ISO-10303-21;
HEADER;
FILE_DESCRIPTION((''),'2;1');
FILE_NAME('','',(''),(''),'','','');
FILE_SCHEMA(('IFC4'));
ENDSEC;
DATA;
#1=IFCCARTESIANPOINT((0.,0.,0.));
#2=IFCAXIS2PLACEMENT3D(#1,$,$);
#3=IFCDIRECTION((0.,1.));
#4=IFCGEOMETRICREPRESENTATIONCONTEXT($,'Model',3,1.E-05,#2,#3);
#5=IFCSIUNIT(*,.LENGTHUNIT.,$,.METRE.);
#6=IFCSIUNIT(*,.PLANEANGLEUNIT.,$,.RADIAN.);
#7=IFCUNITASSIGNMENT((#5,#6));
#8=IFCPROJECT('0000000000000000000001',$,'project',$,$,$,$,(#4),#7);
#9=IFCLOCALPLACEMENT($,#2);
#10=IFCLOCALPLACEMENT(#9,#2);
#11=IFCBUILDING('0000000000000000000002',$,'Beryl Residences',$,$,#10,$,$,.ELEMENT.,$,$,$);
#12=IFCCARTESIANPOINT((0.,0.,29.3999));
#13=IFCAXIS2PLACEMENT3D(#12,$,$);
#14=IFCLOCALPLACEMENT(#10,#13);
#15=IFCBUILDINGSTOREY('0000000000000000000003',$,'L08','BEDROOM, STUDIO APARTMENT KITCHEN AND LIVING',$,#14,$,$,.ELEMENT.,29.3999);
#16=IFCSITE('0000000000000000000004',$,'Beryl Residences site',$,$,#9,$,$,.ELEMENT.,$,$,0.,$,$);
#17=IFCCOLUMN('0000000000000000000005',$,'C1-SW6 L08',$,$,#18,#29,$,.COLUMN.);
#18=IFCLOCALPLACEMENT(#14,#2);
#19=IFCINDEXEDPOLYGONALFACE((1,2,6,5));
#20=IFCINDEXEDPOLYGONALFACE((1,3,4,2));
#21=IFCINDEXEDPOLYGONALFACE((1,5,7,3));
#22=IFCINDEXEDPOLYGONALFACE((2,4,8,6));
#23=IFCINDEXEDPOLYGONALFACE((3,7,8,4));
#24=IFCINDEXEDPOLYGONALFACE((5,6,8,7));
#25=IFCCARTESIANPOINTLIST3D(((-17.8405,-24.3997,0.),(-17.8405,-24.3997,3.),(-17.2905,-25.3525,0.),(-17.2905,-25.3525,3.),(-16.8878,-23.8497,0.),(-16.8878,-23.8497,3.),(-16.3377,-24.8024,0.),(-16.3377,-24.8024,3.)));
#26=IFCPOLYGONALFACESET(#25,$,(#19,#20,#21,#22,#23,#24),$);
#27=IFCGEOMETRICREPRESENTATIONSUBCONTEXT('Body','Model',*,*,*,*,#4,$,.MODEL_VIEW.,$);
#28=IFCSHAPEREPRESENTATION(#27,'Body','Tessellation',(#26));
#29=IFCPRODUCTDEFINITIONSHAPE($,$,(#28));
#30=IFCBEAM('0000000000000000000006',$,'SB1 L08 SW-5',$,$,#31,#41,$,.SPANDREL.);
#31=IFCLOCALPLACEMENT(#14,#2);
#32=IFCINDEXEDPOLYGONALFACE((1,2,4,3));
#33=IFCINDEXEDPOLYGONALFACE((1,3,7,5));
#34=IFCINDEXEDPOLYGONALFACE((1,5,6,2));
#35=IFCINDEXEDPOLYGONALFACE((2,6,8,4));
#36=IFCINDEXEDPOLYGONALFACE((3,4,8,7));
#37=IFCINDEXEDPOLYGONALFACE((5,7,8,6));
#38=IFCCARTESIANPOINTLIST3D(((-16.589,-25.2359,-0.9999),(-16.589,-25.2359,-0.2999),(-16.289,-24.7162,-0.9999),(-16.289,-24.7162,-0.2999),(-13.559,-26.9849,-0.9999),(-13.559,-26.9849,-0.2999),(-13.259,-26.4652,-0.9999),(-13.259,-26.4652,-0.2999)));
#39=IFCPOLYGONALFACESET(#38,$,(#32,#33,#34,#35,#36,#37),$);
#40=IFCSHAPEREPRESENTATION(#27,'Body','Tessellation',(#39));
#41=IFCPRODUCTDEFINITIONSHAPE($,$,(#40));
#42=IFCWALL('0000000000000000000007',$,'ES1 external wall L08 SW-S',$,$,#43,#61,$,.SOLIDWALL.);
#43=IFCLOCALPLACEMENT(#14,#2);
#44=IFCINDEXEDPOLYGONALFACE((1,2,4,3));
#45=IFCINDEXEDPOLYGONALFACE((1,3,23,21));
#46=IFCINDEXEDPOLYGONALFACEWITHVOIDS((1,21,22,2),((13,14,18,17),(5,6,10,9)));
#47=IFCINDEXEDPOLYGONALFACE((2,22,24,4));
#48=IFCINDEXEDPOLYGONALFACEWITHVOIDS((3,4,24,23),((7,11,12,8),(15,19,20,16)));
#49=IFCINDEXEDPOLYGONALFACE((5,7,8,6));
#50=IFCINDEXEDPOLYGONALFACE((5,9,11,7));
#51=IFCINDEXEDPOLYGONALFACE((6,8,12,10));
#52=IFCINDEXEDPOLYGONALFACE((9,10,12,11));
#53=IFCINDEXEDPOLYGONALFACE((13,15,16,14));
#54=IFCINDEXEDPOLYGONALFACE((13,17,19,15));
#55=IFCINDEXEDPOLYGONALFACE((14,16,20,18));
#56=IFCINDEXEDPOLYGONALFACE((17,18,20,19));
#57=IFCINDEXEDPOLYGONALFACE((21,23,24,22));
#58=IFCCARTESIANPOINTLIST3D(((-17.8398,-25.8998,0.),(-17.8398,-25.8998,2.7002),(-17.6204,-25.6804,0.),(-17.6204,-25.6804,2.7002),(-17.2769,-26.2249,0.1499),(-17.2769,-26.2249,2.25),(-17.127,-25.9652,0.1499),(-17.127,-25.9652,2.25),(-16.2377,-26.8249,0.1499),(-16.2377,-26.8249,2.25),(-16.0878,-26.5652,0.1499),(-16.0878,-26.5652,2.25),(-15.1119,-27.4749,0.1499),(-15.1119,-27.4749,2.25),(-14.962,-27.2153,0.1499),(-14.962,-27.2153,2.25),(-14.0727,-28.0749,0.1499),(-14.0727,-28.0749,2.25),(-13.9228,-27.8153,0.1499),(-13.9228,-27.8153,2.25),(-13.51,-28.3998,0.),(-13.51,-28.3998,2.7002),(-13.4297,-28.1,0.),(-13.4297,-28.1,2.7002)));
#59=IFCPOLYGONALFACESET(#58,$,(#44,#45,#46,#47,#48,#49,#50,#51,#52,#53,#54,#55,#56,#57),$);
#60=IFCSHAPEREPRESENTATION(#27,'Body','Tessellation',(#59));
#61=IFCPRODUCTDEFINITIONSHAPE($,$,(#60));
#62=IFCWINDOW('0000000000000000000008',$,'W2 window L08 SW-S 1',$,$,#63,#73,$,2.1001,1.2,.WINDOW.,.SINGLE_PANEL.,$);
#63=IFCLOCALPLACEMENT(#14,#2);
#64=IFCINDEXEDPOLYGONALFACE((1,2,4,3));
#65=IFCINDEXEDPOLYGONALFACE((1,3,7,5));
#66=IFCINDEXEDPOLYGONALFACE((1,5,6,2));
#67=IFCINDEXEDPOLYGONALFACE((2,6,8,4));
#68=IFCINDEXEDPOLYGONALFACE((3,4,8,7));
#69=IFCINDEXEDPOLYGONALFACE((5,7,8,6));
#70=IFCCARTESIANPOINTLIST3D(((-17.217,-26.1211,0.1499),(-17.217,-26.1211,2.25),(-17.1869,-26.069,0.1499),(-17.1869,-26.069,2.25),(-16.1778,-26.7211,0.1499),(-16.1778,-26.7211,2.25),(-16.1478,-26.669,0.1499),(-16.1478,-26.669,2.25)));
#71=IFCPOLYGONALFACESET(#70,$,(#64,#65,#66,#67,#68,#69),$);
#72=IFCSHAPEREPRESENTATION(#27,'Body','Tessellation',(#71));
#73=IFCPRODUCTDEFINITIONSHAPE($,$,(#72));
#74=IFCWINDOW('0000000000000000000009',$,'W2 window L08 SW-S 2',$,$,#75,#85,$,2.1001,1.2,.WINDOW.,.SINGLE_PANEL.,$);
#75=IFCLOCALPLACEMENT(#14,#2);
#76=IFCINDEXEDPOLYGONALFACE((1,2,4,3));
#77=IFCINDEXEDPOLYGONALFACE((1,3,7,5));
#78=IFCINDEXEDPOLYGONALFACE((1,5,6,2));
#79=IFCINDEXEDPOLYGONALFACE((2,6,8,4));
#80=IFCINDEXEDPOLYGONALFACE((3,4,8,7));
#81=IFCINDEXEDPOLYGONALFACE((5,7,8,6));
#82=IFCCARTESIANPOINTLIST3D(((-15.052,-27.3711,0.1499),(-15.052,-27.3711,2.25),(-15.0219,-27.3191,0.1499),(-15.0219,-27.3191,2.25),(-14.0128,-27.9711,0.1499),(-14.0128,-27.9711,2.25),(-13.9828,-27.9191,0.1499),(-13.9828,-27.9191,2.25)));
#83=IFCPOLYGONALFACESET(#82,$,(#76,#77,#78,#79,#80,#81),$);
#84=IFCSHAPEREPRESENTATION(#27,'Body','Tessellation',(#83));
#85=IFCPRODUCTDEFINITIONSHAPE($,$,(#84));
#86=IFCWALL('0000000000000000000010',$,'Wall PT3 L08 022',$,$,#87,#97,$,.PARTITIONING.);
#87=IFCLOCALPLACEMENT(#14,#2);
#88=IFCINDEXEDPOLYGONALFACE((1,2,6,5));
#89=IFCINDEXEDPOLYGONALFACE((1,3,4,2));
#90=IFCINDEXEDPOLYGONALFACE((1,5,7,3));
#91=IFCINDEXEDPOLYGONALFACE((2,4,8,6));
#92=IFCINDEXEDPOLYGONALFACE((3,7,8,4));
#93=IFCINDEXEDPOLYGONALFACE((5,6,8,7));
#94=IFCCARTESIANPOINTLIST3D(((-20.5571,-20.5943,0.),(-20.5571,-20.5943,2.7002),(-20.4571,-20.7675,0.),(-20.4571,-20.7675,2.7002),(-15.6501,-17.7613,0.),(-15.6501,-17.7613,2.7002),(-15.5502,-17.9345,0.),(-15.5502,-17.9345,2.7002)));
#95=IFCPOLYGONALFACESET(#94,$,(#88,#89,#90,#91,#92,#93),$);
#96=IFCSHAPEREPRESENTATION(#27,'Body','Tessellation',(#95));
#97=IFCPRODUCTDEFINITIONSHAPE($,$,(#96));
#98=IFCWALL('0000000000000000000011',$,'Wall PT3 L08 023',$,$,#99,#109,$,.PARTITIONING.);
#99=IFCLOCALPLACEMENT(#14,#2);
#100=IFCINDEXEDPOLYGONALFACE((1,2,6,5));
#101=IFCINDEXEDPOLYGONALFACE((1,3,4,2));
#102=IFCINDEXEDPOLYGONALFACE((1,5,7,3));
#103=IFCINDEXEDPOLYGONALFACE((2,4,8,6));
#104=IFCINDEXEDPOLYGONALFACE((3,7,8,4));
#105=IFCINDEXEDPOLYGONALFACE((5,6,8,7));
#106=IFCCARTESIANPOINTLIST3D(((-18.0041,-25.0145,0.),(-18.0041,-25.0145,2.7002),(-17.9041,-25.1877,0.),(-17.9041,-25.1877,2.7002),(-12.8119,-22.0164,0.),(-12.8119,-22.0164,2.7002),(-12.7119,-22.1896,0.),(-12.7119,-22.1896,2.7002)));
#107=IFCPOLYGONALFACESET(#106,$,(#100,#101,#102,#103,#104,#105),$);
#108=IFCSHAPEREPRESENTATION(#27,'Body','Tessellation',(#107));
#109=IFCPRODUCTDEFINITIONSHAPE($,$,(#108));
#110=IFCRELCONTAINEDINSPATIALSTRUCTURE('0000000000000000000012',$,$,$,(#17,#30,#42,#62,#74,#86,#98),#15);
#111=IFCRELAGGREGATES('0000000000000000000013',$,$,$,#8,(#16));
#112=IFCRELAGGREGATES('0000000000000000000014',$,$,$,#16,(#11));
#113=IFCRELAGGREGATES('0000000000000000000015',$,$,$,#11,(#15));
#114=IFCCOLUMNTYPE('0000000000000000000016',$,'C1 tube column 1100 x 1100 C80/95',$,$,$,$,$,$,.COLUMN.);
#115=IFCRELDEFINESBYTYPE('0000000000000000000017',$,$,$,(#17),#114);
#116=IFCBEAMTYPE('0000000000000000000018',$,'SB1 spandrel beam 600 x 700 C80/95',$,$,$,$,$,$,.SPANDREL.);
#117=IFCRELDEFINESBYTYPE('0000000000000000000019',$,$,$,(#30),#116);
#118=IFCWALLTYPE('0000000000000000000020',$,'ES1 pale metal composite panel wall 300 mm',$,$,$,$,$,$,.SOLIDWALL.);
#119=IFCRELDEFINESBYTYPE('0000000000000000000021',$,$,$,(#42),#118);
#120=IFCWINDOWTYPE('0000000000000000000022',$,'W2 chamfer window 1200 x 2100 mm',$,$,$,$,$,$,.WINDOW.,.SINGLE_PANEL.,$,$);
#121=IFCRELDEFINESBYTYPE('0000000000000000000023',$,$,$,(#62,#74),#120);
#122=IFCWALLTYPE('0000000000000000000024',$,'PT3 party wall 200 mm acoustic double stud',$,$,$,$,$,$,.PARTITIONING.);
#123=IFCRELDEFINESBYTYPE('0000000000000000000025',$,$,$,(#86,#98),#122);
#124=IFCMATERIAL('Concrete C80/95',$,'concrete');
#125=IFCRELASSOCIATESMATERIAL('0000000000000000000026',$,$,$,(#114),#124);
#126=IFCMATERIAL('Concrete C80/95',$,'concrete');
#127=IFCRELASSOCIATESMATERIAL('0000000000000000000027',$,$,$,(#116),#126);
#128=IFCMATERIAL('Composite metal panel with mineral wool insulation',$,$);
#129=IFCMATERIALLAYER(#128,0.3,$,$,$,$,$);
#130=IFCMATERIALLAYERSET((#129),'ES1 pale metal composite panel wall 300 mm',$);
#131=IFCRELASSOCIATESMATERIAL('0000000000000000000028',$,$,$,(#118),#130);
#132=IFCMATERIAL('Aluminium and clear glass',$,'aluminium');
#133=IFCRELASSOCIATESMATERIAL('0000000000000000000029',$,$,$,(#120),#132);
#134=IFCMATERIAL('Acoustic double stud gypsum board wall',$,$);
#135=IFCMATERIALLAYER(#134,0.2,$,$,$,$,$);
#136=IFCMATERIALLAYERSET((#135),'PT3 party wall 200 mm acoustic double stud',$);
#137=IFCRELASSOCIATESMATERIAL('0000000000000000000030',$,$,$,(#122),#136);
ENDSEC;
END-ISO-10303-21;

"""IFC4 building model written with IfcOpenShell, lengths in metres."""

from ifc_helpers import new_model, si_unit, direction, frame, frame_2d, origin, origin_2d, place, context, subcontext, project, spatial, polyline, rectangle, outline, extrude, material, layer, layer_set, material_profile, profile_set, type_object, element, fill, save


model = new_model("IFC4")

# Units and contexts
model_context = context("Model", 3, precision=1e-05, world=origin(), true_north=direction((0.0, 1.0)))
body_context = subcontext(model_context, "Body", "Model", "MODEL_VIEW")
ifc_project = project(units=[si_unit("LENGTHUNIT", "METRE"), si_unit("PLANEANGLEUNIT", "RADIAN")], contexts=[model_context])

# Site, building, storey
site_placement = place(None, origin())
site = spatial("IfcSite", under=ifc_project, at=site_placement, Name="Beryl Residences site", CompositionType="ELEMENT", RefElevation=0.0)
building_placement = place(site_placement, origin())
building = spatial("IfcBuilding", under=site, at=building_placement, Name="Beryl Residences", CompositionType="ELEMENT")
storey_placement = place(building_placement, frame((0.0, 0.0, 29.3999)))
storey = spatial("IfcBuildingStorey", under=building, at=storey_placement, Name="L08", Description="BEDROOM, STUDIO APARTMENT KITCHEN AND LIVING", CompositionType="ELEMENT", Elevation=29.3999)

# Column
ifc_material_1 = material(Name="Concrete C80/95", Category="concrete")
ifc_material_profile_1 = material_profile(ifc_material_1, rectangle(XDim=1.1001, YDim=1.1001, at=origin_2d()))
ifc_profile_set_1 = profile_set([ifc_material_profile_1], Name="Concrete C80/95")
column_type = type_object("IfcColumnType", Name="C1 tube column 1100 x 1100 C80/95", PredefinedType="COLUMN", material=ifc_profile_set_1)
column_placement = place(storey_placement, frame((-17.0891, -24.6011, 0.0), z_axis=(0.0, 0.0, 1.0), x_axis=(0.499985, -0.866034, 0.0)))
element("IfcColumn", 1, at=column_placement, inside=storey, type_object=column_type, Name="C1-SW6 L08", PredefinedType="COLUMN", context=body_context, shape_type="SweptSolid", body=[
    extrude(rectangle(XDim=1.1001, YDim=1.1001, at=origin_2d()), origin(), (0.0, 0.0, 1.0), 3.0),
])

# Beam
ifc_material_2 = material(Name="Concrete C80/95", Category="concrete")
ifc_material_profile_2 = material_profile(ifc_material_2, rectangle(XDim=0.6001, YDim=0.7, at=origin_2d()))
ifc_profile_set_2 = profile_set([ifc_material_profile_2], Name="Concrete C80/95")
beam_type = type_object("IfcBeamType", Name="SB1 spandrel beam 600 x 700 C80/95", PredefinedType="SPANDREL", material=ifc_profile_set_2)
beam_placement = place(storey_placement, frame((-16.439, -24.9761, -0.6499), z_axis=(0.866071, -0.499922, 0.0), x_axis=(0.499922, 0.866071, 0.0)))
element("IfcBeam", 2, at=beam_placement, inside=storey, type_object=beam_type, Name="SB1 L08 SW-5", PredefinedType="SPANDREL", context=body_context, shape_type="SweptSolid", body=[
    extrude(rectangle(XDim=0.6001, YDim=0.7, at=origin_2d()), origin(), (0.0, 0.0, 1.0), 3.4985),
])

# Wall, openings, windows
ifc_material_3 = material(Name="Composite metal panel with mineral wool insulation")
ifc_layer_1 = layer(ifc_material_3, 0.3)
ifc_layer_set_1 = layer_set([ifc_layer_1], Name="ES1 pale metal composite panel wall 300 mm")
wall_type_1 = type_object("IfcWallType", Name="ES1 pale metal composite panel wall 300 mm", PredefinedType="SOLIDWALL", material=ifc_layer_set_1)
wall_1_placement = place(storey_placement, frame((-17.7649, -25.77, 0.0), z_axis=(0.0, 0.0, 1.0), x_axis=(0.866011, -0.500025, 0.0)))
wall_1 = element("IfcWall", 3, at=wall_1_placement, inside=storey, type_object=wall_type_1, Name="ES1 external wall L08 SW-S", PredefinedType="SOLIDWALL", context=body_context, shape_type="SweptSolid", body=[
    extrude(outline(polyline([(0.0, -0.1499), (4.9998, -0.1499), (4.9194, 0.1499), (0.0803, 0.1499), (0.0, -0.1499)])), origin(), (0.0, 0.0, 1.0), 2.7002),
])
opening_1_placement = place(wall_1_placement, frame((0.6499, 0.0, 0.1499)))
opening_1 = element("IfcOpeningElement", 4, at=opening_1_placement, cuts=wall_1, PredefinedType="OPENING", context=body_context, shape_type="SweptSolid", body=[
    extrude(rectangle(XDim=1.2, YDim=2.1001, at=frame_2d((0.6001, 1.05))), frame((0.0, 0.1599, 0.0), z_axis=(0.0, -1.0, 0.0), x_axis=(1.0, 0.0, 0.0)), (0.0, 0.0, 1.0), 0.3201),
])
opening_2_placement = place(wall_1_placement, frame((3.1499, 0.0, 0.1499)))
opening_2 = element("IfcOpeningElement", 5, at=opening_2_placement, cuts=wall_1, PredefinedType="OPENING", context=body_context, shape_type="SweptSolid", body=[
    extrude(rectangle(XDim=1.2, YDim=2.1001, at=frame_2d((0.6001, 1.05))), frame((0.0, 0.1599, 0.0), z_axis=(0.0, -1.0, 0.0), x_axis=(1.0, 0.0, 0.0)), (0.0, 0.0, 1.0), 0.3201),
])
ifc_material_4 = material(Name="Aluminium and clear glass", Category="aluminium")
window_type = type_object("IfcWindowType", Name="W2 chamfer window 1200 x 2100 mm", PartitioningType="SINGLE_PANEL", PredefinedType="WINDOW", material=ifc_material_4)
window_1_placement = place(opening_1_placement, origin())
window_1 = element("IfcWindow", 6, at=window_1_placement, inside=storey, type_object=window_type, Name="W2 window L08 SW-S 1", OverallHeight=2.1001, OverallWidth=1.2, PartitioningType="SINGLE_PANEL", PredefinedType="WINDOW", context=body_context, shape_type="SweptSolid", body=[
    extrude(rectangle(XDim=1.2, YDim=2.1001, at=frame_2d((0.6001, 1.05))), frame((0.0, 0.03, 0.0), z_axis=(0.0, -1.0, 0.0), x_axis=(1.0, 0.0, 0.0)), (0.0, 0.0, 1.0), 0.0601),
])
fill(opening_1, window_1)
window_2_placement = place(opening_2_placement, origin())
window_2 = element("IfcWindow", 7, at=window_2_placement, inside=storey, type_object=window_type, Name="W2 window L08 SW-S 2", OverallHeight=2.1001, OverallWidth=1.2, PartitioningType="SINGLE_PANEL", PredefinedType="WINDOW", context=body_context, shape_type="SweptSolid", body=[
    extrude(rectangle(XDim=1.2, YDim=2.1001, at=frame_2d((0.6001, 1.05))), frame((0.0, 0.03, 0.0), z_axis=(0.0, -1.0, 0.0), x_axis=(1.0, 0.0, 0.0)), (0.0, 0.0, 1.0), 0.0601),
])
fill(opening_2, window_2)

# Walls
ifc_material_5 = material(Name="Acoustic double stud gypsum board wall")
ifc_layer_2 = layer(ifc_material_5, 0.2)
ifc_layer_set_2 = layer_set([ifc_layer_2], Name="PT3 party wall 200 mm acoustic double stud")
wall_type_2 = type_object("IfcWallType", Name="PT3 party wall 200 mm acoustic double stud", PredefinedType="PARTITIONING", material=ifc_layer_set_2)
wall_2_placement = place(storey_placement, frame((-20.5071, -20.6809, 0.0), z_axis=(0.0, 0.0, 1.0), x_axis=(0.866028, 0.499995, 0.0)))
element("IfcWall", 8, at=wall_2_placement, inside=storey, type_object=wall_type_2, Name="Wall PT3 L08 022", PredefinedType="PARTITIONING", context=body_context, shape_type="SweptSolid", body=[
    extrude(rectangle(XDim=5.666, YDim=0.2, at=frame_2d((2.833, 0.0))), origin(), (0.0, 0.0, 1.0), 2.7002),
])
wall_3_placement = place(storey_placement, frame((-17.9541, -25.1011, 0.0), z_axis=(0.0, 0.0, 1.0), x_axis=(0.865999, 0.500046, 0.0)))
element("IfcWall", 9, at=wall_3_placement, inside=storey, type_object=wall_type_2, Name="Wall PT3 L08 023", PredefinedType="PARTITIONING", context=body_context, shape_type="SweptSolid", body=[
    extrude(rectangle(XDim=5.9956, YDim=0.2, at=frame_2d((2.9978, 0.0))), origin(), (0.0, 0.0, 1.0), 2.7002),
])

save(model, "model.ifc")
